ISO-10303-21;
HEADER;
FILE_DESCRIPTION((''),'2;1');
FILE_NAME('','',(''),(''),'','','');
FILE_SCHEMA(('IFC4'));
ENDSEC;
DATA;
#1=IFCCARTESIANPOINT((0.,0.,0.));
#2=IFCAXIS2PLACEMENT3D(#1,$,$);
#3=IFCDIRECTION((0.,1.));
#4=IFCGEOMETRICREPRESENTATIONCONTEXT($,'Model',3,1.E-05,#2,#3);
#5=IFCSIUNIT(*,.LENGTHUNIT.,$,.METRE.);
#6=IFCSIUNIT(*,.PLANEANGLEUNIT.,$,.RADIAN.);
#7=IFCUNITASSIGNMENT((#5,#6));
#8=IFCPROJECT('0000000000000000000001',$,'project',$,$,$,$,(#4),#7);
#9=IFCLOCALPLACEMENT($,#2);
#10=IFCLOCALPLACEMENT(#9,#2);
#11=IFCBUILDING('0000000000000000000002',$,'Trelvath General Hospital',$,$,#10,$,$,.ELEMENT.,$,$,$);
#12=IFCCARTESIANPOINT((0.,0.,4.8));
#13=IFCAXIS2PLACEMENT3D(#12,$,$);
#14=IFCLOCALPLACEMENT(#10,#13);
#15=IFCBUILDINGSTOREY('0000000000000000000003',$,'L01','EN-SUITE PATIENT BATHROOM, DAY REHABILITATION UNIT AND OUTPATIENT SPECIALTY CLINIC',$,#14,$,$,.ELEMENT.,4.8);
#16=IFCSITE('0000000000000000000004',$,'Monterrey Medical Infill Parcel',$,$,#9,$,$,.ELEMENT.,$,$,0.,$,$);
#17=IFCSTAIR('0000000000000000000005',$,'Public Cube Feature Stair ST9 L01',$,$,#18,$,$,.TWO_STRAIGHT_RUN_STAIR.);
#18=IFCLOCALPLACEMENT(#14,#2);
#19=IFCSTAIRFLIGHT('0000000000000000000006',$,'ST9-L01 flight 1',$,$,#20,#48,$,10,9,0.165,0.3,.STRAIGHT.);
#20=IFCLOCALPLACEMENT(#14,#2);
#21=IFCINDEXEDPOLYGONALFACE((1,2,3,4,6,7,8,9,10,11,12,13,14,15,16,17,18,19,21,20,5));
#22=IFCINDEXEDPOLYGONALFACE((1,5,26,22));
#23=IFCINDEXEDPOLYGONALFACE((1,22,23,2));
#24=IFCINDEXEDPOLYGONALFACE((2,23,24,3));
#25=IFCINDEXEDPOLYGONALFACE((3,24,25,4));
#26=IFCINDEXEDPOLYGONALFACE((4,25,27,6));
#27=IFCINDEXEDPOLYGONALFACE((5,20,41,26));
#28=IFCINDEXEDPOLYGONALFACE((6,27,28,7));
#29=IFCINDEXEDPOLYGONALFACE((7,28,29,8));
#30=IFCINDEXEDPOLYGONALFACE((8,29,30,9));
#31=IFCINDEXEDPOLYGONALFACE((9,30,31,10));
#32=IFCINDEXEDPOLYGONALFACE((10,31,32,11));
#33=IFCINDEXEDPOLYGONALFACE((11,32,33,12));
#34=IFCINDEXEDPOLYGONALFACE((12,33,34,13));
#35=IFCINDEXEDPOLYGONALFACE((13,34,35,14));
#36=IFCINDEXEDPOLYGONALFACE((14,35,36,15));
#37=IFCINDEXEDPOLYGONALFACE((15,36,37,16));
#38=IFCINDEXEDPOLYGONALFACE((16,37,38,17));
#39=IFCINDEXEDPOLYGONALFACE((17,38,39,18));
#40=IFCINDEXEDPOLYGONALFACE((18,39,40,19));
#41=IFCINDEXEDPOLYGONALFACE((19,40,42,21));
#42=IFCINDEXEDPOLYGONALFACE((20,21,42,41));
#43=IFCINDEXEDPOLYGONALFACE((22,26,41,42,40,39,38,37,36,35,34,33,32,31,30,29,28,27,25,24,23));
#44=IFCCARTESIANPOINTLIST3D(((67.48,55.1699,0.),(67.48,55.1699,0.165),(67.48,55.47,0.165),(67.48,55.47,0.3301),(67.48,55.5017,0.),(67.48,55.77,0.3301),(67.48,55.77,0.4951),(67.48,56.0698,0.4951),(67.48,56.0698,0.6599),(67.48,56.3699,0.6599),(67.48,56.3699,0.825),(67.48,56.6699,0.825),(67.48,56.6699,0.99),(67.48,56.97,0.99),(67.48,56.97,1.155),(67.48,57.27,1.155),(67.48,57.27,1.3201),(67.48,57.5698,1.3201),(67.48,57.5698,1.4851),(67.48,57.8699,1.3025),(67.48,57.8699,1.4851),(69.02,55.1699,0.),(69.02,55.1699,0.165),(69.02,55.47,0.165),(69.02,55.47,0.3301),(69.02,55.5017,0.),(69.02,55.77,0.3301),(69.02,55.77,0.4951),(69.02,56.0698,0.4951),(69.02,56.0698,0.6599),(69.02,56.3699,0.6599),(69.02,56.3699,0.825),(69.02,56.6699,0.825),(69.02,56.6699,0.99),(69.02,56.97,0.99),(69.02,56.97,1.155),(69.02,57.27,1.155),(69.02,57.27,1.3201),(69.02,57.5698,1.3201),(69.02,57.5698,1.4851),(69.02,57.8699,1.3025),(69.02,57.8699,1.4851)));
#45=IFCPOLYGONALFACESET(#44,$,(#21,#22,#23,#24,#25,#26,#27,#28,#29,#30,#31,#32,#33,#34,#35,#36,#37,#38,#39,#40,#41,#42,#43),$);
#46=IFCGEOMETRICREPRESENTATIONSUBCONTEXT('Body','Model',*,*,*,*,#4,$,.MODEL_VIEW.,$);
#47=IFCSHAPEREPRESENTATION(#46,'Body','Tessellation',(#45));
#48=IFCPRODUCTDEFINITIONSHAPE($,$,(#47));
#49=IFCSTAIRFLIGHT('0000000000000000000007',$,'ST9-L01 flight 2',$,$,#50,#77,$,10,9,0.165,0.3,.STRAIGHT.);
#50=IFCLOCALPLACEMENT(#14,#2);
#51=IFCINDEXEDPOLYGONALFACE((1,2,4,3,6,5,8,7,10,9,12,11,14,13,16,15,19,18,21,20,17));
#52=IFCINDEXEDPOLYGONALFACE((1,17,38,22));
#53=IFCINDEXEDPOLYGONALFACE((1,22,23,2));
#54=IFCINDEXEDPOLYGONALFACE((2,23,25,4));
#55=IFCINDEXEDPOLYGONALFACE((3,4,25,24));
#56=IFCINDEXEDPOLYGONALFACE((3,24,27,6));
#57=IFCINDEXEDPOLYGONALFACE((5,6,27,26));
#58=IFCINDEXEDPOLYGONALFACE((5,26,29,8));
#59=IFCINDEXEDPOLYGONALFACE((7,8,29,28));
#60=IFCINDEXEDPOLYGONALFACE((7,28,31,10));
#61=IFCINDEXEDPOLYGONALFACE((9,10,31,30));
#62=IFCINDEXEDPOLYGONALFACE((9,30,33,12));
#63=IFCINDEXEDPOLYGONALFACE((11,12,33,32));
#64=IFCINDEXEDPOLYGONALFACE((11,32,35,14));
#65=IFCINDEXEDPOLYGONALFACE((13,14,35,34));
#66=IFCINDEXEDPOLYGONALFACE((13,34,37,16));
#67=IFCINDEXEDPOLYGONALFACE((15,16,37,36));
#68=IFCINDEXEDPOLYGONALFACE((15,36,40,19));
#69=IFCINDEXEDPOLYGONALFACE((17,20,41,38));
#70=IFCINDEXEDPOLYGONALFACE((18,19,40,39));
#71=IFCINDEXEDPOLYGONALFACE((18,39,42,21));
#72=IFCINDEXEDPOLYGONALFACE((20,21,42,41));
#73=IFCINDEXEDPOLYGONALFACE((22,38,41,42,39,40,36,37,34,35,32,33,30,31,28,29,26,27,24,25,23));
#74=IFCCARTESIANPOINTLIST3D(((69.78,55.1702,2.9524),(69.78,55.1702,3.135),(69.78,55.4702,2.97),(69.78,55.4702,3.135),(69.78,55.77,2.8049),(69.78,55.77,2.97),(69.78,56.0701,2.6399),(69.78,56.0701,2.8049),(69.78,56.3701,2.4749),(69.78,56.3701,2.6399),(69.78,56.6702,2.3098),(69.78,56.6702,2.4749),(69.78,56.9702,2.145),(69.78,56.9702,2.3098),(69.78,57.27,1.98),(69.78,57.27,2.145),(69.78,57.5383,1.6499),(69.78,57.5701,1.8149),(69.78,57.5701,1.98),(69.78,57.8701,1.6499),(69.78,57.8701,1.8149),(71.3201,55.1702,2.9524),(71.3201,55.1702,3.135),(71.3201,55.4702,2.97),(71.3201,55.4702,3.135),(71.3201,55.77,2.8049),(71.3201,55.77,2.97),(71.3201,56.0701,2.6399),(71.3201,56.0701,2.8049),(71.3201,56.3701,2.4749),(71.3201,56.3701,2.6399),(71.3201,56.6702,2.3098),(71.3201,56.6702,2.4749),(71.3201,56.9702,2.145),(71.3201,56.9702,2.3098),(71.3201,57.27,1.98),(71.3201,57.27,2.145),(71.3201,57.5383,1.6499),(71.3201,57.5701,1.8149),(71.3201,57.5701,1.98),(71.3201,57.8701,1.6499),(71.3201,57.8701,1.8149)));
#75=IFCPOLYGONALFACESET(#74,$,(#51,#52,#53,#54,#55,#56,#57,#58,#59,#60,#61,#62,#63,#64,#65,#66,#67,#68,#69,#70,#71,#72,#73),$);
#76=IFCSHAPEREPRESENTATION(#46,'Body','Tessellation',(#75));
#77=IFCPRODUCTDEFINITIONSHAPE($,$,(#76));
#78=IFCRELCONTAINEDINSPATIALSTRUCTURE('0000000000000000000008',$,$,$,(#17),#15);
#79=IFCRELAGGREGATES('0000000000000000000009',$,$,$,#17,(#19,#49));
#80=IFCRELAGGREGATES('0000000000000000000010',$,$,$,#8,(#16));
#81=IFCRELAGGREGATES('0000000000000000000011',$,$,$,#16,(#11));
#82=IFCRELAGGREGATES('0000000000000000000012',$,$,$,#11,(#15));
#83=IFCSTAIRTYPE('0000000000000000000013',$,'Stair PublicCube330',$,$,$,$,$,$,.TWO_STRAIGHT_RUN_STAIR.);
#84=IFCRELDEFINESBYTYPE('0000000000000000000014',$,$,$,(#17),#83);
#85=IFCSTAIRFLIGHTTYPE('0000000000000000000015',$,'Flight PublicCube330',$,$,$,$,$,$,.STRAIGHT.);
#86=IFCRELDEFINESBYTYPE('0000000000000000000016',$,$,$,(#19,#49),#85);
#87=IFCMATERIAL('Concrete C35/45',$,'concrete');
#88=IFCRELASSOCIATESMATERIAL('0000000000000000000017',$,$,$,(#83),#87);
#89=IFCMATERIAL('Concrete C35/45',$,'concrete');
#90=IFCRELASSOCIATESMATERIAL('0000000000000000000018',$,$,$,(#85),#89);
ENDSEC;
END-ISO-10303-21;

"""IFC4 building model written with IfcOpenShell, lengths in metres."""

from ifc_helpers import new_model, si_unit, direction, frame, origin, place, context, subcontext, project, spatial, polyline, outline, extrude, material, type_object, element, aggregate, save


model = new_model("IFC4")

# Units and contexts
model_context = context("Model", 3, precision=1e-05, world=origin(), true_north=direction((0.0, 1.0)))
body_context = subcontext(model_context, "Body", "Model", "MODEL_VIEW")
ifc_project = project(units=[si_unit("LENGTHUNIT", "METRE"), si_unit("PLANEANGLEUNIT", "RADIAN")], contexts=[model_context])

# Site, building, storey
site_placement = place(None, origin())
site = spatial("IfcSite", under=ifc_project, at=site_placement, Name="Monterrey Medical Infill Parcel", CompositionType="ELEMENT", RefElevation=0.0)
building_placement = place(site_placement, origin())
building = spatial("IfcBuilding", under=site, at=building_placement, Name="Trelvath General Hospital", CompositionType="ELEMENT")
storey_placement = place(building_placement, frame((0.0, 0.0, 4.8)))
storey = spatial("IfcBuildingStorey", under=building, at=storey_placement, Name="L01", Description="EN-SUITE PATIENT BATHROOM, DAY REHABILITATION UNIT AND OUTPATIENT SPECIALTY CLINIC", CompositionType="ELEMENT", Elevation=4.8)

# Stair, stair flights
ifc_material_1 = material(Name="Concrete C35/45", Category="concrete")
stair_type = type_object("IfcStairType", Name="Stair PublicCube330", PredefinedType="TWO_STRAIGHT_RUN_STAIR", material=ifc_material_1)
stair_placement = place(storey_placement, origin())
stair = element("IfcStair", 1, at=stair_placement, inside=storey, type_object=stair_type, Name="Public Cube Feature Stair ST9 L01", PredefinedType="TWO_STRAIGHT_RUN_STAIR")
ifc_material_2 = material(Name="Concrete C35/45", Category="concrete")
stair_flight_type = type_object("IfcStairFlightType", Name="Flight PublicCube330", PredefinedType="STRAIGHT", material=ifc_material_2)
stair_flight_1_placement = place(storey_placement, frame((68.25, 55.1699, 0.0), z_axis=(0.0, 0.0, 1.0), x_axis=(0.0, 1.0, 0.0)))
stair_flight_1 = element("IfcStairFlight", 2, at=stair_flight_1_placement, type_object=stair_flight_type, Name="ST9-L01 flight 1", NumberOfRisers=10, NumberOfTreads=9, PredefinedType="STRAIGHT", RiserHeight=0.165, TreadLength=0.3, context=body_context, shape_type="SweptSolid", body=[
    extrude(outline(polyline([(0.0, 0.0), (0.0, 0.165), (0.3, 0.165), (0.3, 0.3301), (0.6001, 0.3301), (0.6001, 0.4951), (0.8999, 0.4951), (0.8999, 0.6599), (1.2, 0.6599), (1.2, 0.825), (1.5, 0.825), (1.5, 0.99), (1.8, 0.99), (1.8, 1.155), (2.1001, 1.155), (2.1001, 1.3201), (2.3999, 1.3201), (2.3999, 1.4851), (2.7, 1.4851), (2.7, 1.6499), (2.7, 1.3025), (0.3318, 0.0), (0.0, 0.0)])), frame((0.0, 0.77, 0.0), z_axis=(0.0, -1.0, 0.0), x_axis=(1.0, 0.0, 0.0)), (0.0, 0.0, 1.0), 1.54),
])
stair_flight_2_placement = place(storey_placement, frame((70.55, 57.8701, 1.6499), z_axis=(0.0, 0.0, 1.0), x_axis=(0.0, -1.0, 0.0)))
stair_flight_2 = element("IfcStairFlight", 3, at=stair_flight_2_placement, type_object=stair_flight_type, Name="ST9-L01 flight 2", NumberOfRisers=10, NumberOfTreads=9, PredefinedType="STRAIGHT", RiserHeight=0.165, TreadLength=0.3, context=body_context, shape_type="SweptSolid", body=[
    extrude(outline(polyline([(0.0, 0.0), (0.0, 0.165), (0.3, 0.165), (0.3, 0.3301), (0.6001, 0.3301), (0.6001, 0.4951), (0.8999, 0.4951), (0.8999, 0.6599), (1.2, 0.6599), (1.2, 0.825), (1.5, 0.825), (1.5, 0.99), (1.8, 0.99), (1.8, 1.155), (2.1001, 1.155), (2.1001, 1.3201), (2.3999, 1.3201), (2.3999, 1.4851), (2.7, 1.4851), (2.7, 1.6499), (2.7, 1.3025), (0.3318, 0.0), (0.0, 0.0)])), frame((0.0, 0.77, 0.0), z_axis=(0.0, -1.0, 0.0), x_axis=(1.0, 0.0, 0.0)), (0.0, 0.0, 1.0), 1.54),
])
aggregate(stair, [stair_flight_1, stair_flight_2])

save(model, "model.ifc")
